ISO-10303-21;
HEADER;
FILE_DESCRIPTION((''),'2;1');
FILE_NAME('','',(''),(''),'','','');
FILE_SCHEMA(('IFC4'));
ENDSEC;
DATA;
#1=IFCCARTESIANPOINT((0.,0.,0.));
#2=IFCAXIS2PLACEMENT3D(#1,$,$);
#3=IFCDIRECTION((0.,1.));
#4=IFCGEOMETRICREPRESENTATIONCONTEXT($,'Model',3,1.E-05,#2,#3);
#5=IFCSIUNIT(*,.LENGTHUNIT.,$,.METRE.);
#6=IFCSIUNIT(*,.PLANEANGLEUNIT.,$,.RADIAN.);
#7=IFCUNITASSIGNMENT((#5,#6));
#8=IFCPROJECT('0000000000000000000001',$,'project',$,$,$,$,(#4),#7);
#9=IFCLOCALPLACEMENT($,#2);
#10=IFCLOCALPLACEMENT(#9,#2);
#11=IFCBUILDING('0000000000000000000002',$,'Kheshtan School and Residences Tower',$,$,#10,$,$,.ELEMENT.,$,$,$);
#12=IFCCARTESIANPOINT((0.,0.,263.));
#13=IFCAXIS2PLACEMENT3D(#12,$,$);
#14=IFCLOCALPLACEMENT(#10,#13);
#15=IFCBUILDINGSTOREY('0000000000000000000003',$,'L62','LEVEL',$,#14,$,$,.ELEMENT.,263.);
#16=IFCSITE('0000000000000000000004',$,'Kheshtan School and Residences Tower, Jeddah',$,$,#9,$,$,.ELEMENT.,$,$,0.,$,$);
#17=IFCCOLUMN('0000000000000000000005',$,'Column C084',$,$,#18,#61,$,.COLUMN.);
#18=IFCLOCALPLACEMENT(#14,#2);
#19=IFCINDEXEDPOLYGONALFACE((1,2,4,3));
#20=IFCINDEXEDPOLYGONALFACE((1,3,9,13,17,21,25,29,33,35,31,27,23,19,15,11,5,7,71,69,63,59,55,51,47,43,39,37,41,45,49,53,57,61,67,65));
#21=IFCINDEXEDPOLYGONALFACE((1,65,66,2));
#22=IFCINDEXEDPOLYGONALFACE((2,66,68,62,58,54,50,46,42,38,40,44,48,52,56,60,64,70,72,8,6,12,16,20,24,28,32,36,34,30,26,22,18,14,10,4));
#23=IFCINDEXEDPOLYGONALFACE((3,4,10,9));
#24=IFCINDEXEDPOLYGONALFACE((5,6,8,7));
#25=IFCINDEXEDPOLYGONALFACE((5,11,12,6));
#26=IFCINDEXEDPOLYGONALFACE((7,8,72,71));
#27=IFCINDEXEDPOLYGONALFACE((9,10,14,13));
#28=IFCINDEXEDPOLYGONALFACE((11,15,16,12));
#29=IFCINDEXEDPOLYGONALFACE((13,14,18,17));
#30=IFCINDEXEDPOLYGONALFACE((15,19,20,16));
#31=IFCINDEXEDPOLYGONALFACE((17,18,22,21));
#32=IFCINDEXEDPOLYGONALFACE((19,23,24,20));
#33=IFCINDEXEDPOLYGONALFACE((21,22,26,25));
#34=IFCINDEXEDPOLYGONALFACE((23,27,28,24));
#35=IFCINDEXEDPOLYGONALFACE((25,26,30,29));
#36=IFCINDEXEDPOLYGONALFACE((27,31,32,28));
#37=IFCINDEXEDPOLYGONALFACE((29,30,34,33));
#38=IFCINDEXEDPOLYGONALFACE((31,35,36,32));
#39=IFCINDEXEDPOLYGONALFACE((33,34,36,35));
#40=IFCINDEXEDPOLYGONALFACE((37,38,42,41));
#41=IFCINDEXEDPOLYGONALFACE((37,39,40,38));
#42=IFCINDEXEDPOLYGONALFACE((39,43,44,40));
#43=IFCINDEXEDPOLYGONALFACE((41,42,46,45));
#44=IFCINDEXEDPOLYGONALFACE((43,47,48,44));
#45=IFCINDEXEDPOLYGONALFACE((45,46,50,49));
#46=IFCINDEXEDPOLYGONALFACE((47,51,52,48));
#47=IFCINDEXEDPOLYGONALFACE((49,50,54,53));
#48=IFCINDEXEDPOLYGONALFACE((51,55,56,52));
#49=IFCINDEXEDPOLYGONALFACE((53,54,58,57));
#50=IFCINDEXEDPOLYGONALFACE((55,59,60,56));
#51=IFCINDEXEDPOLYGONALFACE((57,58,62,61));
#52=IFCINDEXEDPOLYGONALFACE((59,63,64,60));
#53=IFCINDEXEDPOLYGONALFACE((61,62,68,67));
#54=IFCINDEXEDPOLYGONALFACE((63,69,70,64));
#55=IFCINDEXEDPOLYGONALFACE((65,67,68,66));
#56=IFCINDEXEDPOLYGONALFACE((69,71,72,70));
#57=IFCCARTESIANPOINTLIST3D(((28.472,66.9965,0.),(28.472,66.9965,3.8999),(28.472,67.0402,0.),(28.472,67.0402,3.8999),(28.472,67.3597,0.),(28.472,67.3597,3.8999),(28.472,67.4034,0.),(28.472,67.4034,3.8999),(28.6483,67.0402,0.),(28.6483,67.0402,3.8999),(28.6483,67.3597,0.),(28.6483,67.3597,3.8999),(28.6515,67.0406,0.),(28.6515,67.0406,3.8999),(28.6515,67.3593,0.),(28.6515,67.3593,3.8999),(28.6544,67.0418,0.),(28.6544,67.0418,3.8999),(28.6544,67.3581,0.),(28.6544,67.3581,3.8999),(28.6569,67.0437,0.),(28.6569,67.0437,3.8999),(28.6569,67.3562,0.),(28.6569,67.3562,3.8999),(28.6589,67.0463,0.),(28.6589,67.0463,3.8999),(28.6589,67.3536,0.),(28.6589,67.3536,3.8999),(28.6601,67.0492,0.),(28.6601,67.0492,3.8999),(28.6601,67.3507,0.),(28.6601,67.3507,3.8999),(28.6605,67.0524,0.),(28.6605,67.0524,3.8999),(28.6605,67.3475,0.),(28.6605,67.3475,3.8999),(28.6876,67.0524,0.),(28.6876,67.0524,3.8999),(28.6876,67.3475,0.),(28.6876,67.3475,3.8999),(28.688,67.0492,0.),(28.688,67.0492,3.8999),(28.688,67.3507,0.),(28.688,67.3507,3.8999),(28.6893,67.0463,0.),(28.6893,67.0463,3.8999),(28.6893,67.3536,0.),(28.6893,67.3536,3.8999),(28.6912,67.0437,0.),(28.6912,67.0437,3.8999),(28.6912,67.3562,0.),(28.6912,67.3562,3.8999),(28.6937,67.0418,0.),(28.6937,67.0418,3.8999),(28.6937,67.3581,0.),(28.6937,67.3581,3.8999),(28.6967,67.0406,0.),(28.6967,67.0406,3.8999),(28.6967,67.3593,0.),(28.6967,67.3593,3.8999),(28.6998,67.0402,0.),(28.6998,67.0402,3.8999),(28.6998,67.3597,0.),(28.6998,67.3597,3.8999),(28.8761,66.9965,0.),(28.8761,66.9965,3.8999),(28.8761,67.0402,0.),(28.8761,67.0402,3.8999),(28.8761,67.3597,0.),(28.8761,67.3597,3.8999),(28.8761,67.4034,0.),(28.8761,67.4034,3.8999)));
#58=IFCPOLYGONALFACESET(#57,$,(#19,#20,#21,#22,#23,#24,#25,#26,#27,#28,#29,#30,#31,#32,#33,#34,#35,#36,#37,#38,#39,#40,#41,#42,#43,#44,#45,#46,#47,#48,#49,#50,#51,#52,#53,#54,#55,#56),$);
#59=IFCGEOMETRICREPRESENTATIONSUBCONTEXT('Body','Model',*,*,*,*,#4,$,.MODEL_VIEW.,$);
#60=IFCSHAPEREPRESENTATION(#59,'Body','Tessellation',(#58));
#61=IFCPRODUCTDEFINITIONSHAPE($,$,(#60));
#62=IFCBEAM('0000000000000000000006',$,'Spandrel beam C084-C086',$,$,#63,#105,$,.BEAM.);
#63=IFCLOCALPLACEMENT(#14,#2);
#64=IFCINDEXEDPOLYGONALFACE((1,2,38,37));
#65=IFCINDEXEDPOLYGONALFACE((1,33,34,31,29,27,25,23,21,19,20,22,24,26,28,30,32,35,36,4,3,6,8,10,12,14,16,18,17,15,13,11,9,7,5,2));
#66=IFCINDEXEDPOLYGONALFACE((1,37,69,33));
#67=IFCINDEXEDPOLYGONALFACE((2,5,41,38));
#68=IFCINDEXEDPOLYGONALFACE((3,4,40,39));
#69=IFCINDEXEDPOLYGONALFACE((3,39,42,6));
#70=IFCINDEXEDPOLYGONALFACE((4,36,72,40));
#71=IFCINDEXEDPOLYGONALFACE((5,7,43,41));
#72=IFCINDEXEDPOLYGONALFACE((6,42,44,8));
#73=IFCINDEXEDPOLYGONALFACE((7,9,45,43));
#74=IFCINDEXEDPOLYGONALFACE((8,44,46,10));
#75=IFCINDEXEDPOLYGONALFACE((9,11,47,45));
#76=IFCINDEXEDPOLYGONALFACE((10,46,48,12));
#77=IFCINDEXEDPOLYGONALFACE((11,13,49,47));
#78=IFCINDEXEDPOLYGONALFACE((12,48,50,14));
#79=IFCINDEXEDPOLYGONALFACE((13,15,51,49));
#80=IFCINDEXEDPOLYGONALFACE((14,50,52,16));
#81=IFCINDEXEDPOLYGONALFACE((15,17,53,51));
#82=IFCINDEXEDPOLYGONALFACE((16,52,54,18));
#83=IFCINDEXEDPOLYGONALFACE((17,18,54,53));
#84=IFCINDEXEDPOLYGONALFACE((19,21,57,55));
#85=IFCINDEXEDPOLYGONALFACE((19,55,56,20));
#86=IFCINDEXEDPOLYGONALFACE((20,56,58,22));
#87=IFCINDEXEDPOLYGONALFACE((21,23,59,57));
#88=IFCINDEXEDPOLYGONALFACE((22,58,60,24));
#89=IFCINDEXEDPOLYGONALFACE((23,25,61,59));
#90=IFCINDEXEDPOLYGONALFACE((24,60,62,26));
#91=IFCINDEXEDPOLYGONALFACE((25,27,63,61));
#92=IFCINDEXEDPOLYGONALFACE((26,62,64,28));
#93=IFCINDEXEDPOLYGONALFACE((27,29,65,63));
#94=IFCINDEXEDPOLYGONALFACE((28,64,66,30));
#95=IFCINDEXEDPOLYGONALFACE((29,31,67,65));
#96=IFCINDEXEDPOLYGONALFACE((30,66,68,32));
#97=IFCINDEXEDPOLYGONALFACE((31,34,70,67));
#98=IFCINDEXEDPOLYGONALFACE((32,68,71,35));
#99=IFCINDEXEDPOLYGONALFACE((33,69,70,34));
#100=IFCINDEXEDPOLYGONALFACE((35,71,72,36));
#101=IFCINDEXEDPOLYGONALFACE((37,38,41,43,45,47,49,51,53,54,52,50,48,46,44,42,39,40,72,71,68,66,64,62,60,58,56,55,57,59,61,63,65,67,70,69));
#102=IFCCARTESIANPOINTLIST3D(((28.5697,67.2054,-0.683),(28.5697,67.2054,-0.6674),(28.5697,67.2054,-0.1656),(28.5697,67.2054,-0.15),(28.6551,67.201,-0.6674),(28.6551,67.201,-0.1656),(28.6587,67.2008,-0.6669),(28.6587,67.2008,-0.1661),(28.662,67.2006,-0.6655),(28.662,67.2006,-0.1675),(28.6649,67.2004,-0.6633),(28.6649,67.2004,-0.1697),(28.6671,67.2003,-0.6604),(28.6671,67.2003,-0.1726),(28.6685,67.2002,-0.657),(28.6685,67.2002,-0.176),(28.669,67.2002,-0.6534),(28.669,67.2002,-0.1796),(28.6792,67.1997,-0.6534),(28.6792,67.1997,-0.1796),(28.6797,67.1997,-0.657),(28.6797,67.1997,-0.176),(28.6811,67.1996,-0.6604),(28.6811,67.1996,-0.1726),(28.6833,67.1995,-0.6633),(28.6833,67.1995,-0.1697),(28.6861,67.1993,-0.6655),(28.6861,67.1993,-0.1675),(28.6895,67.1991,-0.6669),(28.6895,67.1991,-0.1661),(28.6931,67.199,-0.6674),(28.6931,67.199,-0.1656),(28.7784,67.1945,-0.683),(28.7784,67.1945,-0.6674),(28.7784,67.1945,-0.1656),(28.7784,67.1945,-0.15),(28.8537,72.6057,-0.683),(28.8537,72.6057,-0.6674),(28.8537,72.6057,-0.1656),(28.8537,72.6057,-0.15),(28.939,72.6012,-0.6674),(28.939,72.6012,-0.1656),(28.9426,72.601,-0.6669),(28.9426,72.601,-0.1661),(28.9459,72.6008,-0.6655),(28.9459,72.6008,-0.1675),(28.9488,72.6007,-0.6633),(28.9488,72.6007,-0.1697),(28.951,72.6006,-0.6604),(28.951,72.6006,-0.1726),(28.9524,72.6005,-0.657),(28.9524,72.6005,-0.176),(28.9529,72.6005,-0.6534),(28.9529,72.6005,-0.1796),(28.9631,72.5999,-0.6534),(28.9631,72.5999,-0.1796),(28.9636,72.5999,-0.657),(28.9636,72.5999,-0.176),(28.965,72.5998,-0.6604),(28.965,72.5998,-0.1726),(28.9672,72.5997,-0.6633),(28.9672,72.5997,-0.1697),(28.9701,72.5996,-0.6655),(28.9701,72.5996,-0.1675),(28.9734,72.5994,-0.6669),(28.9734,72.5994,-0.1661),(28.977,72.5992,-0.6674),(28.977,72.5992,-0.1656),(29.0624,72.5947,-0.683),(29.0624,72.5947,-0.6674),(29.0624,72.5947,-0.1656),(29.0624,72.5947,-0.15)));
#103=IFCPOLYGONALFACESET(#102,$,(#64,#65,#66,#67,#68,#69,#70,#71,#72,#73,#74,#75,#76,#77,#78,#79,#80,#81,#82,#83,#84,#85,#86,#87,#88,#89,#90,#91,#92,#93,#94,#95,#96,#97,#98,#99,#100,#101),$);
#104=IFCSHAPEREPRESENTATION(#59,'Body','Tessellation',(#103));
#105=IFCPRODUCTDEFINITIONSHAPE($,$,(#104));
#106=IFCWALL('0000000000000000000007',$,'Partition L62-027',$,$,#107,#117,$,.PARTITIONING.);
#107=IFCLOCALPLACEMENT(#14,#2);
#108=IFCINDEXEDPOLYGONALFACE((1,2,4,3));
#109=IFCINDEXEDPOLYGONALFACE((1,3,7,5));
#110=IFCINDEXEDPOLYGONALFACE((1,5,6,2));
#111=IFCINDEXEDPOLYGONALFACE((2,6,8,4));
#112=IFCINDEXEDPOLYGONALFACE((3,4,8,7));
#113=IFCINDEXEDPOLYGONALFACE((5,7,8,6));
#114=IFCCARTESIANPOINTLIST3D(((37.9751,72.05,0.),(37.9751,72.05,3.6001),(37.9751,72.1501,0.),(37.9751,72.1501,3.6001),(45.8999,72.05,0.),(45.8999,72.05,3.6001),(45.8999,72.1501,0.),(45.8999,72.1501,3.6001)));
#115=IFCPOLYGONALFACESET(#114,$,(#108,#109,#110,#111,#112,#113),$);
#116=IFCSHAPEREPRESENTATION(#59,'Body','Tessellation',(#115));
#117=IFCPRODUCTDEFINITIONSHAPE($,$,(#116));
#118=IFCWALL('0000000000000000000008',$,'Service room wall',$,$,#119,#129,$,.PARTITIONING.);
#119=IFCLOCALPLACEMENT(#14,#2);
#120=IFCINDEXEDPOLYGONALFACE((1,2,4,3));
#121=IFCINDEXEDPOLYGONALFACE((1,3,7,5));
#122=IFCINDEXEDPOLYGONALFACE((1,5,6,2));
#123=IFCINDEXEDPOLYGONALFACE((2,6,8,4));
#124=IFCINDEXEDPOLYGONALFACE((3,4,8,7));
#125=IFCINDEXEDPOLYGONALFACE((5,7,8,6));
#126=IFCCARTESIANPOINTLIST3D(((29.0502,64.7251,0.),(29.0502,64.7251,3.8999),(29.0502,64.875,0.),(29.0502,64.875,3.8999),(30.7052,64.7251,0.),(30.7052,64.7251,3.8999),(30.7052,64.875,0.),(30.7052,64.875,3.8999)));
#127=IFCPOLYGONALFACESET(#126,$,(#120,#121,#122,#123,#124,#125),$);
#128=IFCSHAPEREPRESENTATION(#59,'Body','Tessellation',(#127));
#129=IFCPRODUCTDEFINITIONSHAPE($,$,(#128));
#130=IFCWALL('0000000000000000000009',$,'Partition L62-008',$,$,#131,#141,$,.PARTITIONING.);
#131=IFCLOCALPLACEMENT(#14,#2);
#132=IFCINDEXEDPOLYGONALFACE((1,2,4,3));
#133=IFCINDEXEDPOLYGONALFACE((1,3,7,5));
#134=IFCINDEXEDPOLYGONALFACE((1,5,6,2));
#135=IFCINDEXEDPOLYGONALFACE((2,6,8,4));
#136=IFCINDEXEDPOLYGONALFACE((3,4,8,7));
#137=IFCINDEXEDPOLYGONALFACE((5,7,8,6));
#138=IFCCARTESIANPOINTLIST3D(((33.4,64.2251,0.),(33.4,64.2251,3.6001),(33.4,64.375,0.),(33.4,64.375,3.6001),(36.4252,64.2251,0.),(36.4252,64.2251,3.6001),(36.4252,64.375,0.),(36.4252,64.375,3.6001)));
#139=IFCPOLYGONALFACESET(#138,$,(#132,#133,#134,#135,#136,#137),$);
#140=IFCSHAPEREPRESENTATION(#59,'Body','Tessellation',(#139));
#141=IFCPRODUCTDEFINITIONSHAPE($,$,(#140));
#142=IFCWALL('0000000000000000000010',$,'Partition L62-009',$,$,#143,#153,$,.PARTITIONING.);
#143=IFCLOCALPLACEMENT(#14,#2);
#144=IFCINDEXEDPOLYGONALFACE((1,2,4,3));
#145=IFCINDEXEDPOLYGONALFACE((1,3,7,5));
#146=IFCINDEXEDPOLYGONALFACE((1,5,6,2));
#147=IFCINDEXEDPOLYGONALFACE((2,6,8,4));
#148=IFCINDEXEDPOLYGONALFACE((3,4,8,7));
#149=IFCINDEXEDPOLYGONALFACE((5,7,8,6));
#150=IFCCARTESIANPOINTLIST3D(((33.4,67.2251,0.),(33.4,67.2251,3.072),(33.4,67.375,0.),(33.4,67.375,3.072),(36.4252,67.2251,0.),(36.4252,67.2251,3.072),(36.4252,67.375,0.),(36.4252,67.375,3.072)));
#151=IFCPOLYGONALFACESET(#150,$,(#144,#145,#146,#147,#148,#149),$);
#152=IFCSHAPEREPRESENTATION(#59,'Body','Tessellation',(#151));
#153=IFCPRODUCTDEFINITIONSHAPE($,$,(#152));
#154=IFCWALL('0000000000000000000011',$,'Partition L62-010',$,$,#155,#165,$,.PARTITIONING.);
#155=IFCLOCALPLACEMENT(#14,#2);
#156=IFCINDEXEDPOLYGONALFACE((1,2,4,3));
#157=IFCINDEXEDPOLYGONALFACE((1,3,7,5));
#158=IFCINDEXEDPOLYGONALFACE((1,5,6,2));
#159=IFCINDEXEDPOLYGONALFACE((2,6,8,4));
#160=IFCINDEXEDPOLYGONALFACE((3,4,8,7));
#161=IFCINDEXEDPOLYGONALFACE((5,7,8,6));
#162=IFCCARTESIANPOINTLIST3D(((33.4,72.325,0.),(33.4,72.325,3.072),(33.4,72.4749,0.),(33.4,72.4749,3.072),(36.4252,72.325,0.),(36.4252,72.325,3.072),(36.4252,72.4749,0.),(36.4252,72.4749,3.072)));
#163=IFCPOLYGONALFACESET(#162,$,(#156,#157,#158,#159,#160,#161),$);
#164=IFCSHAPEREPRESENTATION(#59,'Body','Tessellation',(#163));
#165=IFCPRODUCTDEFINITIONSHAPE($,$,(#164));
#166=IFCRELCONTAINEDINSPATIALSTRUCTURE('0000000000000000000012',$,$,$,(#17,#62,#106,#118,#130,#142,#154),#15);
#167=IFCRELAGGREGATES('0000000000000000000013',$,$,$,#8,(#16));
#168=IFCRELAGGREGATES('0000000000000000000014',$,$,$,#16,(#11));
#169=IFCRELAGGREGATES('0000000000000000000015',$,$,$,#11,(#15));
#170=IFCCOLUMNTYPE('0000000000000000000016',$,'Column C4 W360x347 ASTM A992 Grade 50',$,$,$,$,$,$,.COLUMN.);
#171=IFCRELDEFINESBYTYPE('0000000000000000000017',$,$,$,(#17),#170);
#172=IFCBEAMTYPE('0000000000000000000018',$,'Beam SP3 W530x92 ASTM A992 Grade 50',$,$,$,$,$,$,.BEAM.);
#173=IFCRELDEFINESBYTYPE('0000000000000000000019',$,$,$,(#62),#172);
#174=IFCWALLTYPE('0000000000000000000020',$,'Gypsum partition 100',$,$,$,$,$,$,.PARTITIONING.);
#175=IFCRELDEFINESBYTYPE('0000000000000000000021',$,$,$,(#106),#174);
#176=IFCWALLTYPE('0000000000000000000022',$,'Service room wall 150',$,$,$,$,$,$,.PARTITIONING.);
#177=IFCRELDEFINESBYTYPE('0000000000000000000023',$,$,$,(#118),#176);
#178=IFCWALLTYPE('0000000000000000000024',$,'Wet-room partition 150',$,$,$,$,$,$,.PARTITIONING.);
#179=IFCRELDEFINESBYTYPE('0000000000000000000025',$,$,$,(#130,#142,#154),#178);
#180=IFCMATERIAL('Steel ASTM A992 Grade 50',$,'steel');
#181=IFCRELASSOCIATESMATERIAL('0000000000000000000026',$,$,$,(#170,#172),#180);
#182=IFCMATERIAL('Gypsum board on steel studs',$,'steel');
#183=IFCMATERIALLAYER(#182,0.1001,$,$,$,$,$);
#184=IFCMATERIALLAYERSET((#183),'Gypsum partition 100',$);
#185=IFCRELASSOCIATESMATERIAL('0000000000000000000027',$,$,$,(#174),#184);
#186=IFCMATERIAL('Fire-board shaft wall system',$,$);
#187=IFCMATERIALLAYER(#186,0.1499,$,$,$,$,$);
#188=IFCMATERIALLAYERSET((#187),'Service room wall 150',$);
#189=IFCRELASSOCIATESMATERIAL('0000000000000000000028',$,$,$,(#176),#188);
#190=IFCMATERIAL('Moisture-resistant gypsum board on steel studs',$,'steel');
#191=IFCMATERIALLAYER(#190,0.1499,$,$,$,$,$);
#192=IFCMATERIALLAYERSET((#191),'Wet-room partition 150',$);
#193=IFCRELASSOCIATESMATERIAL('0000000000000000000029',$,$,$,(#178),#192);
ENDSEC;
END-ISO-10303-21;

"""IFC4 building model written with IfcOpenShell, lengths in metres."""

from ifc_helpers import new_model, si_unit, direction, frame, frame_2d, origin, origin_2d, place, context, subcontext, project, spatial, rectangle, i_section, extrude, material, layer, layer_set, material_profile, profile_set, type_object, element, save


model = new_model("IFC4")

# Units and contexts
model_context = context("Model", 3, precision=1e-05, world=origin(), true_north=direction((0.0, 1.0)))
body_context = subcontext(model_context, "Body", "Model", "MODEL_VIEW")
ifc_project = project(units=[si_unit("LENGTHUNIT", "METRE"), si_unit("PLANEANGLEUNIT", "RADIAN")], contexts=[model_context])

# Site, building, storey
site_placement = place(None, origin())
site = spatial("IfcSite", under=ifc_project, at=site_placement, Name="Kheshtan School and Residences Tower, Jeddah", CompositionType="ELEMENT", RefElevation=0.0)
building_placement = place(site_placement, origin())
building = spatial("IfcBuilding", under=site, at=building_placement, Name="Kheshtan School and Residences Tower", CompositionType="ELEMENT")
storey_placement = place(building_placement, frame((0.0, 0.0, 263.0)))
storey = spatial("IfcBuildingStorey", under=building, at=storey_placement, Name="L62", Description="LEVEL", CompositionType="ELEMENT", Elevation=263.0)

# Column
ifc_material_1 = material(Name="Steel ASTM A992 Grade 50", Category="steel")
ifc_material_profile_1 = material_profile(ifc_material_1, i_section(OverallWidth=0.4041, OverallDepth=0.407, WebThickness=0.0271, FlangeThickness=0.0437, FilletRadius=0.0122, at=origin_2d()), Name="W360x347")
ifc_profile_set_1 = profile_set([ifc_material_profile_1], Name="Steel ASTM A992 Grade 50")
column_type = type_object("IfcColumnType", Name="Column C4 W360x347 ASTM A992 Grade 50", PredefinedType="COLUMN", material=ifc_profile_set_1)
column_placement = place(storey_placement, frame((28.6741, 67.2, 0.0), z_axis=(0.0, 0.0, 1.0), x_axis=(1.0, 0.0, 0.0)))
element("IfcColumn", 1, at=column_placement, inside=storey, type_object=column_type, Name="Column C084", PredefinedType="COLUMN", context=body_context, shape_type="SweptSolid", body=[
    extrude(i_section(OverallWidth=0.4041, OverallDepth=0.407, WebThickness=0.0271, FlangeThickness=0.0437, FilletRadius=0.0122, at=origin_2d()), origin(), (0.0, 0.0, 1.0), 3.8999),
])

# Beam
ifc_material_profile_2 = material_profile(ifc_material_1, i_section(OverallWidth=0.209, OverallDepth=0.533, WebThickness=0.0103, FlangeThickness=0.0156, FilletRadius=0.0139, at=origin_2d()), Name="W530x92")
ifc_profile_set_2 = profile_set([ifc_material_profile_2], Name="Steel ASTM A992 Grade 50")
beam_type = type_object("IfcBeamType", Name="Beam SP3 W530x92 ASTM A992 Grade 50", PredefinedType="BEAM", material=ifc_profile_set_2)
beam_placement = place(storey_placement, frame((28.6741, 67.2, -0.4165), z_axis=(0.052507, 0.998621, 0.0), x_axis=(-0.998621, 0.052507, 0.0)))
element("IfcBeam", 2, at=beam_placement, inside=storey, type_object=beam_type, Name="Spandrel beam C084-C086", PredefinedType="BEAM", context=body_context, shape_type="SweptSolid", body=[
    extrude(i_section(OverallWidth=0.209, OverallDepth=0.533, WebThickness=0.0103, FlangeThickness=0.0156, FilletRadius=0.0139, at=origin_2d()), origin(), (0.0, 0.0, 1.0), 5.4077),
])

# Walls
ifc_material_2 = material(Name="Gypsum board on steel studs", Category="steel")
ifc_layer_1 = layer(ifc_material_2, 0.1001)
ifc_layer_set_1 = layer_set([ifc_layer_1], Name="Gypsum partition 100")
wall_type_1 = type_object("IfcWallType", Name="Gypsum partition 100", PredefinedType="PARTITIONING", material=ifc_layer_set_1)
wall_1_placement = place(storey_placement, frame((37.9751, 72.1001, 0.0), z_axis=(0.0, 0.0, 1.0), x_axis=(1.0, 0.0, 0.0)))
element("IfcWall", 3, at=wall_1_placement, inside=storey, type_object=wall_type_1, Name="Partition L62-027", PredefinedType="PARTITIONING", context=body_context, shape_type="SweptSolid", body=[
    extrude(rectangle(XDim=7.9248, YDim=0.1001, at=frame_2d((3.9624, 0.0))), origin(), (0.0, 0.0, 1.0), 3.6001),
])
ifc_material_3 = material(Name="Fire-board shaft wall system")
ifc_layer_2 = layer(ifc_material_3, 0.1499)
ifc_layer_set_2 = layer_set([ifc_layer_2], Name="Service room wall 150")
wall_type_2 = type_object("IfcWallType", Name="Service room wall 150", PredefinedType="PARTITIONING", material=ifc_layer_set_2)
wall_2_placement = place(storey_placement, frame((29.05, 64.8, 0.0), z_axis=(0.0, 0.0, 1.0), x_axis=(1.0, 0.0, 0.0)))
element("IfcWall", 4, at=wall_2_placement, inside=storey, type_object=wall_type_2, Name="Service room wall", PredefinedType="PARTITIONING", context=body_context, shape_type="SweptSolid", body=[
    extrude(rectangle(XDim=1.655, YDim=0.1499, at=frame_2d((0.8276, 0.0))), origin(), (0.0, 0.0, 1.0), 3.8999),
])
ifc_material_4 = material(Name="Moisture-resistant gypsum board on steel studs", Category="steel")
ifc_layer_3 = layer(ifc_material_4, 0.1499)
ifc_layer_set_3 = layer_set([ifc_layer_3], Name="Wet-room partition 150")
wall_type_3 = type_object("IfcWallType", Name="Wet-room partition 150", PredefinedType="PARTITIONING", material=ifc_layer_set_3)
wall_3_placement = place(storey_placement, frame((33.3999, 64.3, 0.0), z_axis=(0.0, 0.0, 1.0), x_axis=(1.0, 0.0, 0.0)))
element("IfcWall", 5, at=wall_3_placement, inside=storey, type_object=wall_type_3, Name="Partition L62-008", PredefinedType="PARTITIONING", context=body_context, shape_type="SweptSolid", body=[
    extrude(rectangle(XDim=3.0251, YDim=0.1499, at=frame_2d((1.5127, 0.0))), origin(), (0.0, 0.0, 1.0), 3.6001),
])
for number, where, z_axis, x_axis, name in (
    (6, (33.3999, 67.3, 0.0), (0.0, 0.0, 1.0), (1.0, 0.0, 0.0), "Partition L62-009"),
    (7, (33.3999, 72.3999, 0.0), (0.0, 0.0, 1.0), (1.0, 0.0, 0.0), "Partition L62-010"),
):
    element("IfcWall", number, at=place(storey_placement, frame(where, z_axis=z_axis, x_axis=x_axis)), inside=storey, type_object=wall_type_3, Name=name, PredefinedType="PARTITIONING", context=body_context, shape_type="SweptSolid", body=[
        extrude(rectangle(XDim=3.0251, YDim=0.1499, at=frame_2d((1.5127, 0.0))), origin(), (0.0, 0.0, 1.0), 3.072),
    ])

save(model, "model.ifc")
